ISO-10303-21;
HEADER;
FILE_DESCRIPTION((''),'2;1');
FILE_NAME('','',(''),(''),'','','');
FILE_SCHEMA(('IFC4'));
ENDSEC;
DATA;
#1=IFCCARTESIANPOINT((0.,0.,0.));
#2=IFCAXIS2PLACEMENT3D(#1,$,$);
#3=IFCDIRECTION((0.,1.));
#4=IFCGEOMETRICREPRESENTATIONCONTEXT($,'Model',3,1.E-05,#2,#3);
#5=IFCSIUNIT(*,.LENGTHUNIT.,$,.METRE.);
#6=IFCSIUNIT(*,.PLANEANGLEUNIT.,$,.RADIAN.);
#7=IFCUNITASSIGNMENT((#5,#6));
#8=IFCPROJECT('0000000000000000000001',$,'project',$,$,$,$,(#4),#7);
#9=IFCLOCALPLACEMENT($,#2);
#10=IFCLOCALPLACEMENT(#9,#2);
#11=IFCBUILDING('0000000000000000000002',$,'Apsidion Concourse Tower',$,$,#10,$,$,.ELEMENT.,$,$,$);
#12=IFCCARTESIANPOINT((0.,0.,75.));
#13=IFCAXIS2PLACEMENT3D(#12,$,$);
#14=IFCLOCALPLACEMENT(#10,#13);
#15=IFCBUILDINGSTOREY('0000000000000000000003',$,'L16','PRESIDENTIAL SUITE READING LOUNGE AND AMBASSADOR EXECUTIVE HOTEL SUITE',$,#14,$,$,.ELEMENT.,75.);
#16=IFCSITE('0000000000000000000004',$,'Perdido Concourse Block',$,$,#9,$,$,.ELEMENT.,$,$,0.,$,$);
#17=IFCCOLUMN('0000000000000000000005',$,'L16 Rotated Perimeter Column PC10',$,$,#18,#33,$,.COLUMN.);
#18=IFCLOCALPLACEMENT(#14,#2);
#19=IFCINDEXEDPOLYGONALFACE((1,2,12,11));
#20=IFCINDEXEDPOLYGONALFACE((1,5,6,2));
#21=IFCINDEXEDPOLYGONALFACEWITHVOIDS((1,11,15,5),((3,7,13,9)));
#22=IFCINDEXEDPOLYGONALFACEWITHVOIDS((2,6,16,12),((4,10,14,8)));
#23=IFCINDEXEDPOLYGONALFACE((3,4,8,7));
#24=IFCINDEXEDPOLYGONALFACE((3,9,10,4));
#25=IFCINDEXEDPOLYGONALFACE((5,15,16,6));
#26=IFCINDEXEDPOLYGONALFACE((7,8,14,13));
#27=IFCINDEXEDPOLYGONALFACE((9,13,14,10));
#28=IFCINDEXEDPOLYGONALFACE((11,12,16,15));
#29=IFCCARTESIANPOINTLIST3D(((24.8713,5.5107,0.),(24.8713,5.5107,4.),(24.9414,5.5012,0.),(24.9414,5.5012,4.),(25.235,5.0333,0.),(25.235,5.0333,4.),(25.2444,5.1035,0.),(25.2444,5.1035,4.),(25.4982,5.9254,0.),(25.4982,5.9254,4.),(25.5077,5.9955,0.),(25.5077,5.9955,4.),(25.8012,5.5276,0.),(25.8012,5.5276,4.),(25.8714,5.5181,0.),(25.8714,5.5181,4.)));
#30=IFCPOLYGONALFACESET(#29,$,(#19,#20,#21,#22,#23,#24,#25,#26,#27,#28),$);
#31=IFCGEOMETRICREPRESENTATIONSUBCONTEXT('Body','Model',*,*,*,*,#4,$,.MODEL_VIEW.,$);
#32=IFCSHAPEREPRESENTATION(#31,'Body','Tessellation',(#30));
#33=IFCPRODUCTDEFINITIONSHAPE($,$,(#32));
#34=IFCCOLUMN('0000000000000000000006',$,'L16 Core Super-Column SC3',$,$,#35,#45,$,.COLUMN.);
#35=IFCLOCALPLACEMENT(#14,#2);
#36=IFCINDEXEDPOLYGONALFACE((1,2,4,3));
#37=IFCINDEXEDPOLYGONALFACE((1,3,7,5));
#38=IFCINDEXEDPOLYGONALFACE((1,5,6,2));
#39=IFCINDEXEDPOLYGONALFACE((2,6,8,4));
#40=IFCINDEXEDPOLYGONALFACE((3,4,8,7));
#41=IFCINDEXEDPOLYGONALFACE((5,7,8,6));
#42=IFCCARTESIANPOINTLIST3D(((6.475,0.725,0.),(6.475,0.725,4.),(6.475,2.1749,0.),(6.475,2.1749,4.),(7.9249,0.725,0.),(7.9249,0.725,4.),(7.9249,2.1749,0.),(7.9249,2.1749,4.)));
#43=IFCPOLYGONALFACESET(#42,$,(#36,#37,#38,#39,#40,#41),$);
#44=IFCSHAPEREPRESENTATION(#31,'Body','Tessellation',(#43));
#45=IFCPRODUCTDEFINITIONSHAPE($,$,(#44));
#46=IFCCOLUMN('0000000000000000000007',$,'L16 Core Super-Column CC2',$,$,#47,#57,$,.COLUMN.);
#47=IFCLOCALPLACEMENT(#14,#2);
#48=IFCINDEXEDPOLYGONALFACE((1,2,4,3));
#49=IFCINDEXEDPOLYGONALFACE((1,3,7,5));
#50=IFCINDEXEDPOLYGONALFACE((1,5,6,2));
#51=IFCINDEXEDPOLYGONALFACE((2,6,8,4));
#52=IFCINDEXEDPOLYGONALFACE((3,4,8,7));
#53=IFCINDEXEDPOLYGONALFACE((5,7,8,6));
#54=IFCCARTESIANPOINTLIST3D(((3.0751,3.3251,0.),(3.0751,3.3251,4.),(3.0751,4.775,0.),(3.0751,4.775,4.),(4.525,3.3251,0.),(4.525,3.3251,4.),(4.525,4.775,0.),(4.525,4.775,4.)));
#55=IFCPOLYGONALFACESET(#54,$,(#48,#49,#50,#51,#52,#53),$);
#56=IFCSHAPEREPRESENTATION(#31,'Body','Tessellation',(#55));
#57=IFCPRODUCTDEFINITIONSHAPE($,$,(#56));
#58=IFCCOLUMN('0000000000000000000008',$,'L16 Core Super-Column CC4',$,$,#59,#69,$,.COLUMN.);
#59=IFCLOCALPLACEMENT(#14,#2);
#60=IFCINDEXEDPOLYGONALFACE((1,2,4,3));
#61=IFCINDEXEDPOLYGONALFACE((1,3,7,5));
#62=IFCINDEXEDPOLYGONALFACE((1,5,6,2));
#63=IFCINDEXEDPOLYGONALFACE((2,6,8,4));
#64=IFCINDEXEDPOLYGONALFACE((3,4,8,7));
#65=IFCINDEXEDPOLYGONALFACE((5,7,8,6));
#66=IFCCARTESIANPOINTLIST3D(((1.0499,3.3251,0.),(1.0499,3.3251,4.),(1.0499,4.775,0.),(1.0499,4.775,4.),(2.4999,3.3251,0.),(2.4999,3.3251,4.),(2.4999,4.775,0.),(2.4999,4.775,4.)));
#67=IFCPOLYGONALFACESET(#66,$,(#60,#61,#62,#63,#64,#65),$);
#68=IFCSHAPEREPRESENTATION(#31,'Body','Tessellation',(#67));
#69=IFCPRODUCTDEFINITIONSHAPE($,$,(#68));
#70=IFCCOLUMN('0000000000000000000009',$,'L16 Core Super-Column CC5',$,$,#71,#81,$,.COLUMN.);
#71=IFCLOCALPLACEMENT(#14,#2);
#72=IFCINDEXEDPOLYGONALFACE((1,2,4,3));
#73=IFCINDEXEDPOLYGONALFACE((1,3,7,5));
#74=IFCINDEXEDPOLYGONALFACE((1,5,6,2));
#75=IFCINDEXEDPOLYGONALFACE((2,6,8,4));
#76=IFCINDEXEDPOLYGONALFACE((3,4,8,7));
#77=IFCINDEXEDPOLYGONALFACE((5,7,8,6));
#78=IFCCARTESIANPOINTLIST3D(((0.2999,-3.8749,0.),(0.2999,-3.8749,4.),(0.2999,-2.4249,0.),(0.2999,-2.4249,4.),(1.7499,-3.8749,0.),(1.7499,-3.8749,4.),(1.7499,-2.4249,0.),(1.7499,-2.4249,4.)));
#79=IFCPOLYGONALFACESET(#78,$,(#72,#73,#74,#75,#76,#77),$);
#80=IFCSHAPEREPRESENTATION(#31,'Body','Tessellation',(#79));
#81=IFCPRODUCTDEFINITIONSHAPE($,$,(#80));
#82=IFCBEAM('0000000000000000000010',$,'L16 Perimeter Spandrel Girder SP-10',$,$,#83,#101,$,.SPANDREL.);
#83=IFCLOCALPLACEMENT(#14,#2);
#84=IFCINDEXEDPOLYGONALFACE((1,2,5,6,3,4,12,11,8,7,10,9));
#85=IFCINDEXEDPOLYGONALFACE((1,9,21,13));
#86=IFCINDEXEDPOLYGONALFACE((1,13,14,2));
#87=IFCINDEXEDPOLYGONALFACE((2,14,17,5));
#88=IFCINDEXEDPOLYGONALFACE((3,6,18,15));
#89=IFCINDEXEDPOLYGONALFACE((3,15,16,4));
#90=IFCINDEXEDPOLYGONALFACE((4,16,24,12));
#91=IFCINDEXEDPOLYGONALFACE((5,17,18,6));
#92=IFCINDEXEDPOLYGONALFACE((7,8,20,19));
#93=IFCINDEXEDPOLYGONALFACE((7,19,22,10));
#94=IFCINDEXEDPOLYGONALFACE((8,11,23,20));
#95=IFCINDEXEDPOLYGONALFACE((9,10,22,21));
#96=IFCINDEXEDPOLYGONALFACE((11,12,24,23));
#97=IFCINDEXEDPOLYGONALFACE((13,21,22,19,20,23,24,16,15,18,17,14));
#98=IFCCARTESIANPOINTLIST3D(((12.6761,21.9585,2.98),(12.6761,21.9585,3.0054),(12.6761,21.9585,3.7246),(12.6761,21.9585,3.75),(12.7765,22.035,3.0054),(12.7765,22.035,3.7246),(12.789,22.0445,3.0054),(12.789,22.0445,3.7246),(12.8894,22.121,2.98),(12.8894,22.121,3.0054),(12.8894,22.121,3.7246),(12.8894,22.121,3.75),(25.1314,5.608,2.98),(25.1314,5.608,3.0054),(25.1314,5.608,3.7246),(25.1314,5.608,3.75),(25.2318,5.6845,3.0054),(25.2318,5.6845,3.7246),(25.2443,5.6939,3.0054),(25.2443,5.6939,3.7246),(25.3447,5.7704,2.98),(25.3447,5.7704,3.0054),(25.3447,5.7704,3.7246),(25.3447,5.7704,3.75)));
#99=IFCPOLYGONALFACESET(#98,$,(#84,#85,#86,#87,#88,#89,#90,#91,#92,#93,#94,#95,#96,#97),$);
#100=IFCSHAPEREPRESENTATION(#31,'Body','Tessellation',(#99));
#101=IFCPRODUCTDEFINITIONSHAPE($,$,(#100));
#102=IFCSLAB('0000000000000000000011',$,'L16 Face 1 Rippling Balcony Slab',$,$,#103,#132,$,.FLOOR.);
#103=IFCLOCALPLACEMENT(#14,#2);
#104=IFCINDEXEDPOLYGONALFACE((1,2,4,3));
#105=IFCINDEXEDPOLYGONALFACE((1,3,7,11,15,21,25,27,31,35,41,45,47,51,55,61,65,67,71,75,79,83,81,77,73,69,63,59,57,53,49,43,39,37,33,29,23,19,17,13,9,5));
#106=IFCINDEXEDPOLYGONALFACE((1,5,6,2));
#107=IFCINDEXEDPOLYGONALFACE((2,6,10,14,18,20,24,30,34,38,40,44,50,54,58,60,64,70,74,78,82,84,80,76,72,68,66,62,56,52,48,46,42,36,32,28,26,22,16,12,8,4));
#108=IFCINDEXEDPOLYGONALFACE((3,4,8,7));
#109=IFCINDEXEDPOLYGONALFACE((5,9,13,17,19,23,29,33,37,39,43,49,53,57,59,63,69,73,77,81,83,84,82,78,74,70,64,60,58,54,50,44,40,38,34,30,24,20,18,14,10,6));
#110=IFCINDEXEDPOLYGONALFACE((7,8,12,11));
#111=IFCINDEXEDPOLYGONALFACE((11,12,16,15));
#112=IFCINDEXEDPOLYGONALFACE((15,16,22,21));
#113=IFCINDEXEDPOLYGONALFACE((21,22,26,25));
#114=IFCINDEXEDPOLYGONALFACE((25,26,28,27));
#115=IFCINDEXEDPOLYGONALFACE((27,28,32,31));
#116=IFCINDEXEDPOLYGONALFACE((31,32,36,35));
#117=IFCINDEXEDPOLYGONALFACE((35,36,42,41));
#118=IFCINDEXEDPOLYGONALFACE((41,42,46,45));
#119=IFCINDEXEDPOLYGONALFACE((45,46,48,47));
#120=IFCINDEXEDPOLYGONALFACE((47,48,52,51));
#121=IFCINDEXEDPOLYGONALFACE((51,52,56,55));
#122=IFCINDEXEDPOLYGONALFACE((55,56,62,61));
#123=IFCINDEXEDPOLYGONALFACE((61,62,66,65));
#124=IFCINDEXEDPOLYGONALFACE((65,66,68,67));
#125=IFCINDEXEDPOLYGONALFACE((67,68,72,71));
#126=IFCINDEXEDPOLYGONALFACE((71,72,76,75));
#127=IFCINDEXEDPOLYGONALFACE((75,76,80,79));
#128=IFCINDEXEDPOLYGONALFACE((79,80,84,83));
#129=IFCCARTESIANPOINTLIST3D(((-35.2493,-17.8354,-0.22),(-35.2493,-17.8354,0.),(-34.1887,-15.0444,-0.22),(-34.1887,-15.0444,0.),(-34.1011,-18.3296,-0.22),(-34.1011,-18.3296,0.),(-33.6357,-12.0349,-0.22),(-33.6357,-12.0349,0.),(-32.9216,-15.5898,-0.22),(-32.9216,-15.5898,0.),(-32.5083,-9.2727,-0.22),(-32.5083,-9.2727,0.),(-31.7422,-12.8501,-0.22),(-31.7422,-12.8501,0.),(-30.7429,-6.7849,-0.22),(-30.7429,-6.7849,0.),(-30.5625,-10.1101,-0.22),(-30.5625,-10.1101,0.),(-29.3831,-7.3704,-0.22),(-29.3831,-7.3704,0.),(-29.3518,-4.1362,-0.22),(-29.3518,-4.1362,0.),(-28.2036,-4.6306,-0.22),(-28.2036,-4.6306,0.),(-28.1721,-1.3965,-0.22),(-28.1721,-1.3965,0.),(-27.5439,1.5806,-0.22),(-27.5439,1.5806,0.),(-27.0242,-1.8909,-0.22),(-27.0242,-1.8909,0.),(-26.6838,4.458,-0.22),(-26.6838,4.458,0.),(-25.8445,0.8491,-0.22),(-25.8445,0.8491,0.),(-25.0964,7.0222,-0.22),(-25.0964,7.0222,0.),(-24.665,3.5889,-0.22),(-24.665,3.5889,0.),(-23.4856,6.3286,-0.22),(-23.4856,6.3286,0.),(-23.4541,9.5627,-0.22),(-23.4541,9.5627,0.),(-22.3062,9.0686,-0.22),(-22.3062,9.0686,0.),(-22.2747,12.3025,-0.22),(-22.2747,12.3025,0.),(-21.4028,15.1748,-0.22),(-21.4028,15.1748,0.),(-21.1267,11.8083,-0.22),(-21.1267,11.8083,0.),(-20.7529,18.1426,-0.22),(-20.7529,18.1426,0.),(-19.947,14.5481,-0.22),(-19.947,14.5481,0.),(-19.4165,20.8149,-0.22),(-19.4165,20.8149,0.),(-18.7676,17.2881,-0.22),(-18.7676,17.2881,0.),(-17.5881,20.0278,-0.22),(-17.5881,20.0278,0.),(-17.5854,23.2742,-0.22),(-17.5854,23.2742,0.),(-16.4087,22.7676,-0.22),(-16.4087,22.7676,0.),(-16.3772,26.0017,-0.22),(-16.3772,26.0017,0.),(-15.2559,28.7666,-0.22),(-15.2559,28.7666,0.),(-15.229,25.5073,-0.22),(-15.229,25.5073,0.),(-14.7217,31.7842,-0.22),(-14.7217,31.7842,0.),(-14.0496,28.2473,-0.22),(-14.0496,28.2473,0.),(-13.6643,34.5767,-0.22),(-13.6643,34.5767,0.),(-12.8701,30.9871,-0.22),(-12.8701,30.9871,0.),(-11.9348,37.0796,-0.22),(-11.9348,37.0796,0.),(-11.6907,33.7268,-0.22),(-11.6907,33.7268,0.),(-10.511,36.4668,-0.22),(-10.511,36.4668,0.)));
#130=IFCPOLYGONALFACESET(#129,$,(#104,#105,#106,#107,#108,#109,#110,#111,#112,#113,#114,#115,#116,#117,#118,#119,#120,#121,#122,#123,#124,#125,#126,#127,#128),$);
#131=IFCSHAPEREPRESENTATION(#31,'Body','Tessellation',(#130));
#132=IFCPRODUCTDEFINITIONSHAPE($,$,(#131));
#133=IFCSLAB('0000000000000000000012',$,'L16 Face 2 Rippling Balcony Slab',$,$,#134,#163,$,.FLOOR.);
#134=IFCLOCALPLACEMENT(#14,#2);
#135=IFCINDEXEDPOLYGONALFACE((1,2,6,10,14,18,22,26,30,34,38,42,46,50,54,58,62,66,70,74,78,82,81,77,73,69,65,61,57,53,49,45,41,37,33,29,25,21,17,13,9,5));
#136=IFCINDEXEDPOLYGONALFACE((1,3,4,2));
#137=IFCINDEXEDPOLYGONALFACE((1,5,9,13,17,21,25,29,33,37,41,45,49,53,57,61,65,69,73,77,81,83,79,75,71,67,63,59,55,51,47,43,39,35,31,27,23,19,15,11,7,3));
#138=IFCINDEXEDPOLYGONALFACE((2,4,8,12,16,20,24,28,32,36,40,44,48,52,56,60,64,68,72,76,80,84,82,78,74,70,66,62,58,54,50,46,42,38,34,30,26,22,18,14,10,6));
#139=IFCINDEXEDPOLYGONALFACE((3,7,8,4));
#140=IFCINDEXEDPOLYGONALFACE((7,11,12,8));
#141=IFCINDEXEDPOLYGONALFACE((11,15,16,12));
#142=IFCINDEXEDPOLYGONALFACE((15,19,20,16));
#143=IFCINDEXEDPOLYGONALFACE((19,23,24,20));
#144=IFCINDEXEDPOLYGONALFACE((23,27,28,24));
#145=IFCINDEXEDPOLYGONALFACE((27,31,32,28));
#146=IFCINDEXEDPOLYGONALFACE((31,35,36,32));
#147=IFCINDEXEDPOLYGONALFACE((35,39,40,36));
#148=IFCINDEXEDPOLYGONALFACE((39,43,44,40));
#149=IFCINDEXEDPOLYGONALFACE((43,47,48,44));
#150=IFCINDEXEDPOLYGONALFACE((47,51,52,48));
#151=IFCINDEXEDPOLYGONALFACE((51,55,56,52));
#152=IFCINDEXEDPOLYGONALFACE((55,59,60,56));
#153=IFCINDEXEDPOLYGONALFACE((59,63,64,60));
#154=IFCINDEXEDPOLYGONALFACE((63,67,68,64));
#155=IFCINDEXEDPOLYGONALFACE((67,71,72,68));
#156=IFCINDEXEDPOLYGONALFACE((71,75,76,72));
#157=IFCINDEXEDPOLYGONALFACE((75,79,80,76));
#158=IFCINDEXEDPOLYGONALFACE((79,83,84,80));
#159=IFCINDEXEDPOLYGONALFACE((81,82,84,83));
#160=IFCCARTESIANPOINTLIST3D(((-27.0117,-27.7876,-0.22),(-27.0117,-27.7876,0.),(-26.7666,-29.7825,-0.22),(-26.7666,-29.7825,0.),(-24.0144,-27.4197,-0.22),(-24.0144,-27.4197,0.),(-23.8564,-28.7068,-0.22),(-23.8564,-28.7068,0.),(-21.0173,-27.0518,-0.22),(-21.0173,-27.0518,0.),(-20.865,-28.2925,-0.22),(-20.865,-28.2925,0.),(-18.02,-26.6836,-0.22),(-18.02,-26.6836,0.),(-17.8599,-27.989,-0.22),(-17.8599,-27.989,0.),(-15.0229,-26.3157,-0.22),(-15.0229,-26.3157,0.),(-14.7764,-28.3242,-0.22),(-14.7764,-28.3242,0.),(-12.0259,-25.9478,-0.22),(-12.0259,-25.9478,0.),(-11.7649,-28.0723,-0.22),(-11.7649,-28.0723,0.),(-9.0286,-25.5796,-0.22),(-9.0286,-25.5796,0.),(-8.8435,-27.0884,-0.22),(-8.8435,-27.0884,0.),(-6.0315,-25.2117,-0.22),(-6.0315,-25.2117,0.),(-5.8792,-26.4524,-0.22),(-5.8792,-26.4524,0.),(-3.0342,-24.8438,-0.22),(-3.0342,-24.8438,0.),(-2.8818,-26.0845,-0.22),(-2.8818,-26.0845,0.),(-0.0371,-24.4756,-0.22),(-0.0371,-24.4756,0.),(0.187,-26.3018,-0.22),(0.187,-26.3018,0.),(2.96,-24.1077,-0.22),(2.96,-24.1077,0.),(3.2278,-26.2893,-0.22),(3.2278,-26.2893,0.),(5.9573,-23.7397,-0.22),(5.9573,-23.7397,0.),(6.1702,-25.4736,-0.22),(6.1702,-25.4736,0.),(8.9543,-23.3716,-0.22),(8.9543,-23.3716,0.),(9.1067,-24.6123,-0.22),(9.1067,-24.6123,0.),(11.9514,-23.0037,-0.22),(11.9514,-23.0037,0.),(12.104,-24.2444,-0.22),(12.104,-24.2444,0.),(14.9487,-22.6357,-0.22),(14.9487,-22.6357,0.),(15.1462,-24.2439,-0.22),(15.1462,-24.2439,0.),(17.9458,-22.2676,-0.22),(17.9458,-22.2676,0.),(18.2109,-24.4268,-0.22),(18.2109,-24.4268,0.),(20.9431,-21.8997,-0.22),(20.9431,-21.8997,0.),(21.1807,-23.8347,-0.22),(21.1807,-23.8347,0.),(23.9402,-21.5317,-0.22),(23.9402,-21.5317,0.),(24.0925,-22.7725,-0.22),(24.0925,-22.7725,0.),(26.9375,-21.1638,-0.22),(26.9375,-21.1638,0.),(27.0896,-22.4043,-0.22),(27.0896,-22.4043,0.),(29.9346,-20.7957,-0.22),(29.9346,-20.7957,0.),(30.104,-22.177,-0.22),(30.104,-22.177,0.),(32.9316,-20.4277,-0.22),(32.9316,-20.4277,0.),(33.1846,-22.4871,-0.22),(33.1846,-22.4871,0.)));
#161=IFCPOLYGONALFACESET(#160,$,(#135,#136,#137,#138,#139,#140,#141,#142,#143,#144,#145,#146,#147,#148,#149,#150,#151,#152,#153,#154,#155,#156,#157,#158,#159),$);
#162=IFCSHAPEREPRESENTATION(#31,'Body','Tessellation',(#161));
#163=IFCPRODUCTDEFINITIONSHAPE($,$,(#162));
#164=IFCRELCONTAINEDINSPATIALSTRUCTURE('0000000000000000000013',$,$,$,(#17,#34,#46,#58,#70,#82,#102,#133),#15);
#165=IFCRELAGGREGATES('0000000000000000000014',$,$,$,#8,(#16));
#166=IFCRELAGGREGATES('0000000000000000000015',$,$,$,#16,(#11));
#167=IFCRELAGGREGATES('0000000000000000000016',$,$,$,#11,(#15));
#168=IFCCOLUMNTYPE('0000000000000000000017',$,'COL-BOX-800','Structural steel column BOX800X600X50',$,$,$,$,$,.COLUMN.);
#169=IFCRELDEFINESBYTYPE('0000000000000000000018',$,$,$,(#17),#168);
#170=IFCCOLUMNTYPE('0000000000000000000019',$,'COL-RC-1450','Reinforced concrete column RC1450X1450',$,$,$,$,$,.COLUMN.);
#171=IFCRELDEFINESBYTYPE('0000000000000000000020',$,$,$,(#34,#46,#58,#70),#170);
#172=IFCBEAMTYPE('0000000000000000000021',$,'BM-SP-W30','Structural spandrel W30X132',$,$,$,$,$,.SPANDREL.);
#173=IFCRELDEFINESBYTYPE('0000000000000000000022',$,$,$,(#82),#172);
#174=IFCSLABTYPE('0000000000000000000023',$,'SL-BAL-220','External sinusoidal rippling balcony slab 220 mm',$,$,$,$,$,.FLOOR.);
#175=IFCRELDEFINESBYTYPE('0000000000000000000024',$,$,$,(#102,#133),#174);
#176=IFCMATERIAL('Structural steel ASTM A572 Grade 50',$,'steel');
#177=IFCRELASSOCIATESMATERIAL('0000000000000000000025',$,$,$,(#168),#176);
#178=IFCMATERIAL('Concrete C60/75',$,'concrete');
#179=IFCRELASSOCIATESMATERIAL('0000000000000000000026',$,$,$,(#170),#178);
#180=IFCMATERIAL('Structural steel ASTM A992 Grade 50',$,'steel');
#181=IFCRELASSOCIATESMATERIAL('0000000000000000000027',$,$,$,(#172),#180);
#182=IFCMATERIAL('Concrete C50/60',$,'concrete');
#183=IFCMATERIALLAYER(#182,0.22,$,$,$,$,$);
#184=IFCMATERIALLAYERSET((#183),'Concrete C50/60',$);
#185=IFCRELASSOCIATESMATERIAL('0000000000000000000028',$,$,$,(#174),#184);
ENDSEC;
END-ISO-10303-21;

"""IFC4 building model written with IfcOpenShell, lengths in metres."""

from ifc_helpers import new_model, si_unit, direction, frame, origin, origin_2d, place, context, subcontext, project, spatial, polyline, rectangle, hollow_rectangle, i_section, outline, extrude, material, layer, layer_set, material_profile, profile_set, type_object, element, save


model = new_model("IFC4")

# Units and contexts
model_context = context("Model", 3, precision=1e-05, world=origin(), true_north=direction((0.0, 1.0)))
body_context = subcontext(model_context, "Body", "Model", "MODEL_VIEW")
ifc_project = project(units=[si_unit("LENGTHUNIT", "METRE"), si_unit("PLANEANGLEUNIT", "RADIAN")], contexts=[model_context])

# Site, building, storey
site_placement = place(None, origin())
site = spatial("IfcSite", under=ifc_project, at=site_placement, Name="Perdido Concourse Block", CompositionType="ELEMENT", RefElevation=0.0)
building_placement = place(site_placement, origin())
building = spatial("IfcBuilding", under=site, at=building_placement, Name="Apsidion Concourse Tower", CompositionType="ELEMENT")
storey_placement = place(building_placement, frame((0.0, 0.0, 75.0)))
storey = spatial("IfcBuildingStorey", under=building, at=storey_placement, Name="L16", Description="PRESIDENTIAL SUITE READING LOUNGE AND AMBASSADOR EXECUTIVE HOTEL SUITE", CompositionType="ELEMENT", Elevation=75.0)

# Columns
ifc_material_1 = material(Name="Structural steel ASTM A572 Grade 50", Category="steel")
ifc_material_profile_1 = material_profile(ifc_material_1, hollow_rectangle(XDim=0.6001, YDim=0.8, WallThickness=0.05, at=origin_2d()), Name="BOX800X600X50")
ifc_profile_set_1 = profile_set([ifc_material_profile_1], Name="Structural steel ASTM A572 Grade 50")
column_type_1 = type_object("IfcColumnType", Name="COL-BOX-800", Description="Structural steel column BOX800X600X50", PredefinedType="COLUMN", material=ifc_profile_set_1)
column_placement = place(storey_placement, frame((25.3713, 5.5144, 0.0), z_axis=(0.0, 0.0, 1.0), x_axis=(-0.605988, 0.795473, 0.0)))
element("IfcColumn", 1, at=column_placement, inside=storey, type_object=column_type_1, Name="L16 Rotated Perimeter Column PC10", PredefinedType="COLUMN", context=body_context, shape_type="SweptSolid", body=[
    extrude(hollow_rectangle(XDim=0.6001, YDim=0.8, WallThickness=0.05, at=origin_2d()), origin(), (0.0, 0.0, 1.0), 4.0),
])
ifc_material_2 = material(Name="Concrete C60/75", Category="concrete")
ifc_material_profile_2 = material_profile(ifc_material_2, rectangle(XDim=1.45, YDim=1.45, at=origin_2d()), Name="RC 1450x1450")
ifc_profile_set_2 = profile_set([ifc_material_profile_2], Name="Concrete C60/75")
column_type_2 = type_object("IfcColumnType", Name="COL-RC-1450", Description="Reinforced concrete column RC1450X1450", PredefinedType="COLUMN", material=ifc_profile_set_2)
for number, where, z_axis, x_axis, name in (
    (2, (7.2, 1.45, 0.0), (0.0, 0.0, 1.0), (1.0, 0.0, 0.0), "L16 Core Super-Column SC3"),
    (3, (3.8, 4.05, 0.0), (0.0, 0.0, 1.0), (1.0, 0.0, 0.0), "L16 Core Super-Column CC2"),
    (4, (1.7749, 4.05, 0.0), (0.0, 0.0, 1.0), (1.0, 0.0, 0.0), "L16 Core Super-Column CC4"),
    (5, (1.0249, -3.1499, 0.0), (0.0, 0.0, 1.0), (1.0, 0.0, 0.0), "L16 Core Super-Column CC5"),
):
    element("IfcColumn", number, at=place(storey_placement, frame(where, z_axis=z_axis, x_axis=x_axis)), inside=storey, type_object=column_type_2, Name=name, PredefinedType="COLUMN", context=body_context, shape_type="SweptSolid", body=[
        extrude(rectangle(XDim=1.45, YDim=1.45, at=origin_2d()), origin(), (0.0, 0.0, 1.0), 4.0),
    ])

# Beam
ifc_material_3 = material(Name="Structural steel ASTM A992 Grade 50", Category="steel")
ifc_material_profile_3 = material_profile(ifc_material_3, i_section(OverallWidth=0.2681, OverallDepth=0.77, WebThickness=0.0156, FlangeThickness=0.0254, at=origin_2d()), Name="W30X132")
ifc_profile_set_3 = profile_set([ifc_material_profile_3], Name="Structural steel ASTM A992 Grade 50")
beam_type = type_object("IfcBeamType", Name="BM-SP-W30", Description="Structural spandrel W30X132", PredefinedType="SPANDREL", material=ifc_profile_set_3)
beam_placement = place(storey_placement, frame((25.238, 5.6892, 3.365), z_axis=(-0.605973, 0.795485, 0.0), x_axis=(-0.795485, -0.605973, 0.0)))
element("IfcBeam", 6, at=beam_placement, inside=storey, type_object=beam_type, Name="L16 Perimeter Spandrel Girder SP-10", PredefinedType="SPANDREL", context=body_context, shape_type="SweptSolid", body=[
    extrude(i_section(OverallWidth=0.2681, OverallDepth=0.77, WebThickness=0.0156, FlangeThickness=0.0254, at=origin_2d()), origin(), (0.0, 0.0, 1.0), 20.5542),
])

# Slabs
ifc_material_4 = material(Name="Concrete C50/60", Category="concrete")
ifc_layer_1 = layer(ifc_material_4, 0.22)
ifc_layer_set_1 = layer_set([ifc_layer_1], Name="Concrete C50/60")
slab_type_1 = type_object("IfcSlabType", Name="SL-BAL-220", Description="External sinusoidal rippling balcony slab 220 mm", PredefinedType="FLOOR", material=ifc_layer_set_1)
slab_1_placement = place(storey_placement, frame((0.0, 0.0, -0.22)))
element("IfcSlab", 7, at=slab_1_placement, inside=storey, type_object=slab_type_1, Name="L16 Face 1 Rippling Balcony Slab", PredefinedType="FLOOR", context=body_context, shape_type="SweptSolid", body=[
    extrude(outline(polyline([(-10.511, 36.4668), (-11.6907, 33.7268), (-12.8701, 30.9871), (-14.0496, 28.2473), (-15.229, 25.5073), (-16.4087, 22.7676), (-17.5881, 20.0278), (-18.7676, 17.2881), (-19.947, 14.5481), (-21.1267, 11.8083), (-22.3062, 9.0686), (-23.4856, 6.3286), (-24.665, 3.5889), (-25.8445, 0.8491), (-27.0242, -1.8909), (-28.2036, -4.6306), (-29.3831, -7.3704), (-30.5625, -10.1101), (-31.7422, -12.8501), (-32.9216, -15.5898), (-34.1011, -18.3296), (-35.2493, -17.8354), (-34.1887, -15.0444), (-33.6357, -12.0349), (-32.5083, -9.2727), (-30.7429, -6.7849), (-29.3518, -4.1362), (-28.1721, -1.3965), (-27.5439, 1.5806), (-26.6838, 4.458), (-25.0964, 7.0222), (-23.4541, 9.5627), (-22.2747, 12.3025), (-21.4028, 15.1748), (-20.7529, 18.1426), (-19.4165, 20.8149), (-17.5854, 23.2742), (-16.3772, 26.0017), (-15.2559, 28.7666), (-14.7217, 31.7842), (-13.6643, 34.5767), (-11.9348, 37.0796), (-10.511, 36.4668)])), origin(), (0.0, 0.0, 1.0), 0.22),
])
slab_2_placement = place(storey_placement, frame((0.0, 0.0, -0.22)))
element("IfcSlab", 8, at=slab_2_placement, inside=storey, type_object=slab_type_1, Name="L16 Face 2 Rippling Balcony Slab", PredefinedType="FLOOR", context=body_context, shape_type="SweptSolid", body=[
    extrude(outline(polyline([(-27.0117, -27.7876), (-24.0144, -27.4197), (-21.0173, -27.0518), (-18.02, -26.6836), (-15.0229, -26.3157), (-12.0259, -25.9478), (-9.0286, -25.5796), (-6.0315, -25.2117), (-3.0342, -24.8438), (-0.0371, -24.4756), (2.96, -24.1077), (5.9573, -23.7397), (8.9543, -23.3716), (11.9514, -23.0037), (14.9487, -22.6357), (17.9458, -22.2676), (20.9431, -21.8997), (23.9402, -21.5317), (26.9375, -21.1638), (29.9346, -20.7957), (32.9316, -20.4277), (33.1846, -22.4871), (30.104, -22.177), (27.0896, -22.4043), (24.0925, -22.7725), (21.1807, -23.8347), (18.2109, -24.4268), (15.1462, -24.2439), (12.104, -24.2444), (9.1067, -24.6123), (6.1702, -25.4736), (3.2278, -26.2893), (0.187, -26.3018), (-2.8818, -26.0845), (-5.8792, -26.4524), (-8.8435, -27.0884), (-11.7649, -28.0723), (-14.7764, -28.3242), (-17.8599, -27.989), (-20.865, -28.2925), (-23.8564, -28.7068), (-26.7666, -29.7825), (-27.0117, -27.7876)])), origin(), (0.0, 0.0, 1.0), 0.22),
])

save(model, "model.ifc")
